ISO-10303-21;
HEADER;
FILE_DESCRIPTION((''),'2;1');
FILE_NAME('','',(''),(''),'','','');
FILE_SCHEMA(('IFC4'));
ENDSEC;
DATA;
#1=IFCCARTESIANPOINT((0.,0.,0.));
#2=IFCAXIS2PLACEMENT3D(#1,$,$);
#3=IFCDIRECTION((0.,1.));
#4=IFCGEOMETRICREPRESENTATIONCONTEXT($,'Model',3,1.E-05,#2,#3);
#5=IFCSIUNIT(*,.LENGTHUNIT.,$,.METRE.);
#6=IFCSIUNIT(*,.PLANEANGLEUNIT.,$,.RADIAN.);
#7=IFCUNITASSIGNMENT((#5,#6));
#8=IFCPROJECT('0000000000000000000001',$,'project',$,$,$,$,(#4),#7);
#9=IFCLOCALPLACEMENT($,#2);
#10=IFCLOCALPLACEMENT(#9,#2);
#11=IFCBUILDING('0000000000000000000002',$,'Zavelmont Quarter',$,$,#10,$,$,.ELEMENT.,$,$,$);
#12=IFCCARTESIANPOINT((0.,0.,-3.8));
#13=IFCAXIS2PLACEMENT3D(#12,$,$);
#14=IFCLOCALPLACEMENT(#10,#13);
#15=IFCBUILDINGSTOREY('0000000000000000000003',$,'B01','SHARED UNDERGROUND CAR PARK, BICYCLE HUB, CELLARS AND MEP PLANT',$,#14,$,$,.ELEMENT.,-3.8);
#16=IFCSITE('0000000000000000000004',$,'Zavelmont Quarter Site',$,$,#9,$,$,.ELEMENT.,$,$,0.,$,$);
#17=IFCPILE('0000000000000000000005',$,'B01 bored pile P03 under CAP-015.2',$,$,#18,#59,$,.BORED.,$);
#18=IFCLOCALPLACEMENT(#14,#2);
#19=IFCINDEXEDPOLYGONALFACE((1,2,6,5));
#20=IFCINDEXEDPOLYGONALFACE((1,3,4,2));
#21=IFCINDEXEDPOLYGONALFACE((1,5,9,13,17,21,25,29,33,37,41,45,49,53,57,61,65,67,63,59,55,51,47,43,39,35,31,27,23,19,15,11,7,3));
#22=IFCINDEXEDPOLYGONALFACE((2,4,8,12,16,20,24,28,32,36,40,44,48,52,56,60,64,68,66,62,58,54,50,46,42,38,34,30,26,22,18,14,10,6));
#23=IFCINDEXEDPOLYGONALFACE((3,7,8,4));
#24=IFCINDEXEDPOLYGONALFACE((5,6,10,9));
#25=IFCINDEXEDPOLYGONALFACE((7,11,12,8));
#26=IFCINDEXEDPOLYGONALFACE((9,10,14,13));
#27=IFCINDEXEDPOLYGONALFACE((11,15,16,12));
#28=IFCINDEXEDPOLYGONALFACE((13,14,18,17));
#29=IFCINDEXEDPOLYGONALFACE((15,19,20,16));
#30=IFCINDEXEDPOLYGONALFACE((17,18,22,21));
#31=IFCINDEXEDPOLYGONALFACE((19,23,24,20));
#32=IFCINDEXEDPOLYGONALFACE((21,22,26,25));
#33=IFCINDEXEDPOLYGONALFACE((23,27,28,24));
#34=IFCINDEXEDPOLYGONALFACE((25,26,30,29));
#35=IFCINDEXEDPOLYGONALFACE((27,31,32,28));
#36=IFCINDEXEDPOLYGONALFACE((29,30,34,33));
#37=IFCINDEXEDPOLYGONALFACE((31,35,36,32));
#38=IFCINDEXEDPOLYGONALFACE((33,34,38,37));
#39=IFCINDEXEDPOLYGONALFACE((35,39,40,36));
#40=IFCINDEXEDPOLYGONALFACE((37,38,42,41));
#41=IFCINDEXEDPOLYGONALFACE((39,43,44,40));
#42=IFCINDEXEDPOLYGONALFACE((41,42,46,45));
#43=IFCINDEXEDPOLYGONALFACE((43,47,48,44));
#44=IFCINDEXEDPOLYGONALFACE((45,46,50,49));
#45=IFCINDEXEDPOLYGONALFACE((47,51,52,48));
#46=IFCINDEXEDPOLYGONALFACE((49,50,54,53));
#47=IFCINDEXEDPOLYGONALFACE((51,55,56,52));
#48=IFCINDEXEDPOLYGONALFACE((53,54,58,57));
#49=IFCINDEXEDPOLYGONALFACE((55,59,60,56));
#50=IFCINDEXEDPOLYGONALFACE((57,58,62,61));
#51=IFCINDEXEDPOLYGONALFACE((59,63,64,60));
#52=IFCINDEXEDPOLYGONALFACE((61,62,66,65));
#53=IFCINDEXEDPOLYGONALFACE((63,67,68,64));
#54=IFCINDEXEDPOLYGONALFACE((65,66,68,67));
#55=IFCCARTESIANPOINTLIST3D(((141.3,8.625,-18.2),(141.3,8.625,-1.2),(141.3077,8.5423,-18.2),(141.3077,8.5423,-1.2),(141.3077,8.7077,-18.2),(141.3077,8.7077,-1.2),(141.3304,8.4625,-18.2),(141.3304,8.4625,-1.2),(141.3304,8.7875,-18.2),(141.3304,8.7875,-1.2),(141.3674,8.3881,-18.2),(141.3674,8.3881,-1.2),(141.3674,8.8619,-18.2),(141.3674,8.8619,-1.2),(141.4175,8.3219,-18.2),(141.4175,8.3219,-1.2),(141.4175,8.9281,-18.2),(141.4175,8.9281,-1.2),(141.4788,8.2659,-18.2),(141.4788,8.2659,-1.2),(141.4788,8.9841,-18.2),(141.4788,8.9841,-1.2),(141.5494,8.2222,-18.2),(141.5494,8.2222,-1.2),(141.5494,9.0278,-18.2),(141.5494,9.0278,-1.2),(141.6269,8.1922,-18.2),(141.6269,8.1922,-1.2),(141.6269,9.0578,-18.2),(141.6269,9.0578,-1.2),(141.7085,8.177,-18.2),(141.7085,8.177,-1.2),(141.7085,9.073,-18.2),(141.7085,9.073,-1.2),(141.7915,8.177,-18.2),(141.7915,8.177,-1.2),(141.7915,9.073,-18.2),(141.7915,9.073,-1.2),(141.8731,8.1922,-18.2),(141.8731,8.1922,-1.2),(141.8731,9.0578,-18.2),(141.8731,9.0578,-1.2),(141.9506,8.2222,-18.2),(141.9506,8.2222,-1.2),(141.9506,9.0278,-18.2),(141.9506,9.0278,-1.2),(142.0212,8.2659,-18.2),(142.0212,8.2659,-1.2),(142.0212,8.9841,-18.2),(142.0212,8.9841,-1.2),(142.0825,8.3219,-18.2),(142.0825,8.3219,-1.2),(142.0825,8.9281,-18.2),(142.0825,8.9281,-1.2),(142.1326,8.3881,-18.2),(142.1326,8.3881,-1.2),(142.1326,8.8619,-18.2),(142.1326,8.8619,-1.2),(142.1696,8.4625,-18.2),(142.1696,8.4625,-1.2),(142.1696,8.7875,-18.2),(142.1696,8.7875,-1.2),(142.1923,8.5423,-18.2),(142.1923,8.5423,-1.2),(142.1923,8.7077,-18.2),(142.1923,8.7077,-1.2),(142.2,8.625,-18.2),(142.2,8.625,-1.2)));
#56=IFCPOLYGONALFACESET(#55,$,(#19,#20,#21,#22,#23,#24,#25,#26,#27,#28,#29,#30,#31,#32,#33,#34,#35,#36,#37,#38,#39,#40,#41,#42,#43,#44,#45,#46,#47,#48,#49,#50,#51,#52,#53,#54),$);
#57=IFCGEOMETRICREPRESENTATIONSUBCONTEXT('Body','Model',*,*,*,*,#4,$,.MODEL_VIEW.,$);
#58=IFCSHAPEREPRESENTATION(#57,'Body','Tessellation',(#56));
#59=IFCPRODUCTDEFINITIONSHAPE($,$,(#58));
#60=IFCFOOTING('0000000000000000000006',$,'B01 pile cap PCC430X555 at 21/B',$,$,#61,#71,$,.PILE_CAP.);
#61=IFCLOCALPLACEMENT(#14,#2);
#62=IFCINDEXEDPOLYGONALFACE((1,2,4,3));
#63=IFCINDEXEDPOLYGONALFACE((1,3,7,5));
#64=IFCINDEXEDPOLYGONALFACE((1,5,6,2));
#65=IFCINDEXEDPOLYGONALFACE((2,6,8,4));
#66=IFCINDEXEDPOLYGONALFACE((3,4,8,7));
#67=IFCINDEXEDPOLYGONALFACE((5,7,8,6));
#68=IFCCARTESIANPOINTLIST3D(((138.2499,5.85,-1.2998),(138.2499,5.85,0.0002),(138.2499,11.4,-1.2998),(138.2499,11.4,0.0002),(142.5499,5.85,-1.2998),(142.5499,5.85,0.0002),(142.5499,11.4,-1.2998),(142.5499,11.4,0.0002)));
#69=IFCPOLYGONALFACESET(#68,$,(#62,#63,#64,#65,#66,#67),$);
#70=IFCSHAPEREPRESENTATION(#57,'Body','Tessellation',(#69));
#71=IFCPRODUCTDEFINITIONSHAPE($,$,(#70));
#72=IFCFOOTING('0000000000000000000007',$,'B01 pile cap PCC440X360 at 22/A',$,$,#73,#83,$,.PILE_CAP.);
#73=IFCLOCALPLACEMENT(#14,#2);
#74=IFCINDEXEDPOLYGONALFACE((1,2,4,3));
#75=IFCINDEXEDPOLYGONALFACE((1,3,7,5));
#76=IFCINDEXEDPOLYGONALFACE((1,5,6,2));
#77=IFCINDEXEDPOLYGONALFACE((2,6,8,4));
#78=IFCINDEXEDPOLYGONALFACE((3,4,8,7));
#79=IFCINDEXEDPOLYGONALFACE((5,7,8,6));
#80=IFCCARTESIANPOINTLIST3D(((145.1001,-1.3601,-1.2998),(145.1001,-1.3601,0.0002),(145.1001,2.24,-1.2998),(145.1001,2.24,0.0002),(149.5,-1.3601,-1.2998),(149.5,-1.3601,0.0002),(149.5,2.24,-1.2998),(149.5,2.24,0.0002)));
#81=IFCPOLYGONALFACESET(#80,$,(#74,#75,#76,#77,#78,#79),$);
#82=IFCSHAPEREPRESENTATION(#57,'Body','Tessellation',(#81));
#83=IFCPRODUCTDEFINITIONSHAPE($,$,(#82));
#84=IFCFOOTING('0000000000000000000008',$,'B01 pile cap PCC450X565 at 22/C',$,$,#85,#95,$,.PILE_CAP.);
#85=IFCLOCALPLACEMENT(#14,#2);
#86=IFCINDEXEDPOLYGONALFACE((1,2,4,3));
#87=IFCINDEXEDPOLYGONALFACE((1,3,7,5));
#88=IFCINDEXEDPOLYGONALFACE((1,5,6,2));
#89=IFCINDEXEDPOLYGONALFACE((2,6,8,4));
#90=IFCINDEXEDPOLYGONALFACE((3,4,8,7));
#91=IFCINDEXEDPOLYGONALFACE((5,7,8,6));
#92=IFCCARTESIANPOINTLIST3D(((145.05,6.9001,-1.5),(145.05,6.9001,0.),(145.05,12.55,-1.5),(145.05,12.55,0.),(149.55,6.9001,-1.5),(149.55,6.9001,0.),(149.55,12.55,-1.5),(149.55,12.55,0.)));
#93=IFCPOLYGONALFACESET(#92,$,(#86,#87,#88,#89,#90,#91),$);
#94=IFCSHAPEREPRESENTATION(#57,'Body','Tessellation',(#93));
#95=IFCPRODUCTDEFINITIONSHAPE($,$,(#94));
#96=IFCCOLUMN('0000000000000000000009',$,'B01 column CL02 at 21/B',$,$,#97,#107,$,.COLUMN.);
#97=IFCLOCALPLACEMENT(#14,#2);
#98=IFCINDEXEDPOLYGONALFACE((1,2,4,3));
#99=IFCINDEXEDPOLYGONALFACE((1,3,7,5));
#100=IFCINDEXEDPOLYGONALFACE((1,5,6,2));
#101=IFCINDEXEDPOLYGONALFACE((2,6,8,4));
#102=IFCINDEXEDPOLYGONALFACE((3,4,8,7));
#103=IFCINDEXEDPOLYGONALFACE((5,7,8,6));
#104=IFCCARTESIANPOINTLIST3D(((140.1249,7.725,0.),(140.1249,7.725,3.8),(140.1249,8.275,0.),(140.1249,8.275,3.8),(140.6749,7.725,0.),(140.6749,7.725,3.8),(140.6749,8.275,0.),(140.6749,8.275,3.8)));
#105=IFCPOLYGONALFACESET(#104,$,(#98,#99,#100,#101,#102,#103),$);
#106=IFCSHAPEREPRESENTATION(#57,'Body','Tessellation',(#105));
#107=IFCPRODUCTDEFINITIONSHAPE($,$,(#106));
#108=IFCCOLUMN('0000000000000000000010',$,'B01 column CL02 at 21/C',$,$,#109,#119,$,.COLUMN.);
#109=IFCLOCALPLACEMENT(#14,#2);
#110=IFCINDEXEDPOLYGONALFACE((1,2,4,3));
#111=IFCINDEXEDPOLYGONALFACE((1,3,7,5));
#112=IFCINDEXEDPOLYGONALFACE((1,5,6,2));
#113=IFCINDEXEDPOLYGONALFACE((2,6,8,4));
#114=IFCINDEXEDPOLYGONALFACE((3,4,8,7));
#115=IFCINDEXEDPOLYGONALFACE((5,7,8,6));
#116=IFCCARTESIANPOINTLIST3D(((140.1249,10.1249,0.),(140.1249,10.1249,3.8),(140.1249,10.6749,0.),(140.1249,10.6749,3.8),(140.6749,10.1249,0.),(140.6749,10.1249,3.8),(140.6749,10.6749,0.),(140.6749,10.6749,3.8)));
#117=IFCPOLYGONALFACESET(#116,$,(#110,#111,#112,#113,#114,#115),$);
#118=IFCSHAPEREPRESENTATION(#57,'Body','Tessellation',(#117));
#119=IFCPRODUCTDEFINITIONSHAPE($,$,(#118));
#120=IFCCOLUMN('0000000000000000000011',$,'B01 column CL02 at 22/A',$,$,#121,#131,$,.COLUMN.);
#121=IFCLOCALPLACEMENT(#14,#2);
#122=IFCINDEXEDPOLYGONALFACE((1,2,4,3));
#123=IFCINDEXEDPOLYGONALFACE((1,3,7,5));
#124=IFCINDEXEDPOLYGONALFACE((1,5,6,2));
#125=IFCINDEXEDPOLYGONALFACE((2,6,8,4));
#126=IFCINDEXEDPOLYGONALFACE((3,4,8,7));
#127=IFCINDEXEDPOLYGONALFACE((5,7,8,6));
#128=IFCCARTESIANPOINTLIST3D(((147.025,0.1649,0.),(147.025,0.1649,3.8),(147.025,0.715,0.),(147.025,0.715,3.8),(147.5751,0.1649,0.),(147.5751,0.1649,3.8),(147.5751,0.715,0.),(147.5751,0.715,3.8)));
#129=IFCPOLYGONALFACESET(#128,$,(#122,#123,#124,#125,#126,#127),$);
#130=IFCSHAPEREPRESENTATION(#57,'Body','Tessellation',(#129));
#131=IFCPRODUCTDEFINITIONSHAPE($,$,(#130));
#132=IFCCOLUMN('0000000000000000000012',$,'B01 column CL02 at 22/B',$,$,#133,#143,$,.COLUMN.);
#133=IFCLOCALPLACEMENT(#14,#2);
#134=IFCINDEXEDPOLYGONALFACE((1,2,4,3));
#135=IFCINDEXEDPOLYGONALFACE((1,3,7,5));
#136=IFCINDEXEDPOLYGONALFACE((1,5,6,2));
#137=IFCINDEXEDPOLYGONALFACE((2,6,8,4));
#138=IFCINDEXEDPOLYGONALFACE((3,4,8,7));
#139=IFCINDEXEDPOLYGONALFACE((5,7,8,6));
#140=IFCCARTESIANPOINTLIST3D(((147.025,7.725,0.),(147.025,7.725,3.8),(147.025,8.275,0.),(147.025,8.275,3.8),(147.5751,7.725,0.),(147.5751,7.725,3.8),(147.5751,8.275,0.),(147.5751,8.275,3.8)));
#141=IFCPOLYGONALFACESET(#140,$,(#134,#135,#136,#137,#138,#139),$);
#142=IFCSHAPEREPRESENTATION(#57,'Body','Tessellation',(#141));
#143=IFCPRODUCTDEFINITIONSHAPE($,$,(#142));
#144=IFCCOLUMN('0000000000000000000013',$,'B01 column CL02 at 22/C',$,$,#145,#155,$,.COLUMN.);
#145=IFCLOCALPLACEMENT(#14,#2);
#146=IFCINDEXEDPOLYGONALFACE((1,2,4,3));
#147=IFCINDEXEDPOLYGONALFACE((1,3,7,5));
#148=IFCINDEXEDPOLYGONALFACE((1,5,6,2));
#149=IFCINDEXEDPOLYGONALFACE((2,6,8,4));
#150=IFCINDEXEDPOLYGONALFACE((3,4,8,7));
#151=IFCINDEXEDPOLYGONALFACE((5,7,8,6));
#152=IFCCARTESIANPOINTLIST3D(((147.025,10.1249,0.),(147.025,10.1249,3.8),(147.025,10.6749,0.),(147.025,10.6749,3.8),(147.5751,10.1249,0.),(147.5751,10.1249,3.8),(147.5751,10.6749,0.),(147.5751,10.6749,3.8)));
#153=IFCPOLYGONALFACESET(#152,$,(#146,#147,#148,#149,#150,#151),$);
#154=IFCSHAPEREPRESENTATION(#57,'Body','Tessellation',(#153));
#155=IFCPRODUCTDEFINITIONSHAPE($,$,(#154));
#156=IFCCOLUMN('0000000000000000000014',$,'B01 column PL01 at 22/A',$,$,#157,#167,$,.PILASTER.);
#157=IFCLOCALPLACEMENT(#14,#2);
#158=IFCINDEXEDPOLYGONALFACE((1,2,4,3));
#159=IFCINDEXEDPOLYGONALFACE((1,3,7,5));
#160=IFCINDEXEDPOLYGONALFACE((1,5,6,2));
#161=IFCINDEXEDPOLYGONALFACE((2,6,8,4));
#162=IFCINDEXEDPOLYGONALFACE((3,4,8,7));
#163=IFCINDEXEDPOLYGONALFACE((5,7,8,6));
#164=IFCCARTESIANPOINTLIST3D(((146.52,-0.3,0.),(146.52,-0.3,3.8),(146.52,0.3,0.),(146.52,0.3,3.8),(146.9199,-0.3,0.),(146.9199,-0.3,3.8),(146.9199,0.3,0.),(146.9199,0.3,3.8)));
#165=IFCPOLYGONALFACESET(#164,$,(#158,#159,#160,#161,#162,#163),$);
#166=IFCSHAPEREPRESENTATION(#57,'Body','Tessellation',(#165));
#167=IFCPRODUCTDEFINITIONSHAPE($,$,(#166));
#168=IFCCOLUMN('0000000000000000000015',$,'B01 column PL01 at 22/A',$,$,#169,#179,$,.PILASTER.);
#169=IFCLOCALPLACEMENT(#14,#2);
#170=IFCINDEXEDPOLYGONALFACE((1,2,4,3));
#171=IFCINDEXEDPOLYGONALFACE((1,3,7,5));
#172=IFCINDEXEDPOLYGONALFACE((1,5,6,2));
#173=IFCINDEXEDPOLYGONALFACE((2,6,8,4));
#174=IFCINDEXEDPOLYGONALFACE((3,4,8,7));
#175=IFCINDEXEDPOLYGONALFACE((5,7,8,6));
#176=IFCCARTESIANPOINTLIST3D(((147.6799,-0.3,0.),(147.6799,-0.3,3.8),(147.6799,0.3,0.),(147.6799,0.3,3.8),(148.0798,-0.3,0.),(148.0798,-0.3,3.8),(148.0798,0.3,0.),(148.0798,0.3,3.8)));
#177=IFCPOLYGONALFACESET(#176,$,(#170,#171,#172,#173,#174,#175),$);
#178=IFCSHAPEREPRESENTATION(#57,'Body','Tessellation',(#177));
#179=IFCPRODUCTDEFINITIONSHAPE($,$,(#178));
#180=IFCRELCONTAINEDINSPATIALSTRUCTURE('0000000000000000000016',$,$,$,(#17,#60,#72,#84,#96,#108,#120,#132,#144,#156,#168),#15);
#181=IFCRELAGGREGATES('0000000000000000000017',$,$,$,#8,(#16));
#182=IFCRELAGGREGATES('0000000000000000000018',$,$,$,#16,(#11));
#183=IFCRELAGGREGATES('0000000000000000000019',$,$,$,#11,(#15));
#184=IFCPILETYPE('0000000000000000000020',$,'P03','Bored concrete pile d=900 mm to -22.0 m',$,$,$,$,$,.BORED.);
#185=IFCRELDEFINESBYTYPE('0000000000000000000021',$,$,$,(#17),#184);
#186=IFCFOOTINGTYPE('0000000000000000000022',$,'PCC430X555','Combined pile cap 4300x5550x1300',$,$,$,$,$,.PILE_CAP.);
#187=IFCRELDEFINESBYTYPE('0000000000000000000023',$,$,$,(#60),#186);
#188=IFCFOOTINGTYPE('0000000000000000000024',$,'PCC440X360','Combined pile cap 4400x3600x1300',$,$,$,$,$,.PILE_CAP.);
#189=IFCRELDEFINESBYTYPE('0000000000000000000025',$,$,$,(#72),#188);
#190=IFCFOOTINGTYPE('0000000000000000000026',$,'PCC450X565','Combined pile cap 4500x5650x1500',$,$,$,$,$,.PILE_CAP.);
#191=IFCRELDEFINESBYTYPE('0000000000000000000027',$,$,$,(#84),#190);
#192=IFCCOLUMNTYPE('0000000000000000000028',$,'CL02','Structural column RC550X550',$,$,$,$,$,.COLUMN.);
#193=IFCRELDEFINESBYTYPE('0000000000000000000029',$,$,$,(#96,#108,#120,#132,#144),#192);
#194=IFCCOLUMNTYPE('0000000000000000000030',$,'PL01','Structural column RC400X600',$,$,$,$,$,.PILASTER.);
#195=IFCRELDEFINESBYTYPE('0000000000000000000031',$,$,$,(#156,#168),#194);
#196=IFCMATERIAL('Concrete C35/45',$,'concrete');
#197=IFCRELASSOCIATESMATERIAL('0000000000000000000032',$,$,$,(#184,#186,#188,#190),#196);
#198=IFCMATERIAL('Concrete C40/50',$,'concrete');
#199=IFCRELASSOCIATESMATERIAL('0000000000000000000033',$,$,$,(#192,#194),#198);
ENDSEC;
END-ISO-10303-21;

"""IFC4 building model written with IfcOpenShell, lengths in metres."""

from ifc_helpers import new_model, si_unit, direction, frame, origin, origin_2d, place, context, subcontext, project, spatial, rectangle, circle, extrude, material, material_profile, profile_set, type_object, element, save


model = new_model("IFC4")

# Units and contexts
model_context = context("Model", 3, precision=1e-05, world=origin(), true_north=direction((0.0, 1.0)))
body_context = subcontext(model_context, "Body", "Model", "MODEL_VIEW")
ifc_project = project(units=[si_unit("LENGTHUNIT", "METRE"), si_unit("PLANEANGLEUNIT", "RADIAN")], contexts=[model_context])

# Site, building, storey
site_placement = place(None, origin())
site = spatial("IfcSite", under=ifc_project, at=site_placement, Name="Zavelmont Quarter Site", CompositionType="ELEMENT", RefElevation=0.0)
building_placement = place(site_placement, origin())
building = spatial("IfcBuilding", under=site, at=building_placement, Name="Zavelmont Quarter", CompositionType="ELEMENT")
storey_placement = place(building_placement, frame((0.0, 0.0, -3.8)))
storey = spatial("IfcBuildingStorey", under=building, at=storey_placement, Name="B01", Description="SHARED UNDERGROUND CAR PARK, BICYCLE HUB, CELLARS AND MEP PLANT", CompositionType="ELEMENT", Elevation=-3.8)

# Shared definitions
ifc_material_1 = material(Name="Concrete C35/45", Category="concrete")

# Pile
ifc_material_profile_1 = material_profile(ifc_material_1, circle(Radius=0.45, at=origin_2d()), Name="BP900")
ifc_profile_set_1 = profile_set([ifc_material_profile_1], Name="Concrete C35/45")
pile_type_1 = type_object("IfcPileType", Name="P03", Description="Bored concrete pile d=900 mm to -22.0 m", PredefinedType="BORED", material=ifc_profile_set_1)
for number, where, z_axis, x_axis, name in (
    (1, (141.75, 8.625, -1.2), (0.0, 0.0, -1.0), (1.0, 0.0, 0.0), "B01 bored pile P03 under CAP-015.2"),
):
    element("IfcPile", number, at=place(storey_placement, frame(where, z_axis=z_axis, x_axis=x_axis)), inside=storey, type_object=pile_type_1, Name=name, PredefinedType="BORED", context=body_context, shape_type="SweptSolid", body=[
        extrude(circle(Radius=0.45, at=origin_2d()), origin(), (0.0, 0.0, 1.0), 17.0),
    ])

# Footings
footing_type_1 = type_object("IfcFootingType", Name="PCC430X555", Description="Combined pile cap 4300x5550x1300", PredefinedType="PILE_CAP", material=ifc_material_1)
footing_1_placement = place(storey_placement, frame((140.3999, 8.625, -1.2998), z_axis=(0.0, 0.0, 1.0), x_axis=(1.0, 0.0, 0.0)))
element("IfcFooting", 2, at=footing_1_placement, inside=storey, type_object=footing_type_1, Name="B01 pile cap PCC430X555 at 21/B", PredefinedType="PILE_CAP", context=body_context, shape_type="SweptSolid", body=[
    extrude(rectangle(XDim=4.3, YDim=5.55, at=origin_2d()), origin(), (0.0, 0.0, 1.0), 1.3),
])
footing_type_2 = type_object("IfcFootingType", Name="PCC440X360", Description="Combined pile cap 4400x3600x1300", PredefinedType="PILE_CAP", material=ifc_material_1)
footing_2_placement = place(storey_placement, frame((147.3, 0.4399, -1.2998), z_axis=(0.0, 0.0, 1.0), x_axis=(1.0, 0.0, 0.0)))
element("IfcFooting", 3, at=footing_2_placement, inside=storey, type_object=footing_type_2, Name="B01 pile cap PCC440X360 at 22/A", PredefinedType="PILE_CAP", context=body_context, shape_type="SweptSolid", body=[
    extrude(rectangle(XDim=4.3999, YDim=3.6001, at=origin_2d()), origin(), (0.0, 0.0, 1.0), 1.3),
])
footing_type_3 = type_object("IfcFootingType", Name="PCC450X565", Description="Combined pile cap 4500x5650x1500", PredefinedType="PILE_CAP", material=ifc_material_1)
footing_3_placement = place(storey_placement, frame((147.3, 9.7251, -1.5), z_axis=(0.0, 0.0, 1.0), x_axis=(1.0, 0.0, 0.0)))
element("IfcFooting", 4, at=footing_3_placement, inside=storey, type_object=footing_type_3, Name="B01 pile cap PCC450X565 at 22/C", PredefinedType="PILE_CAP", context=body_context, shape_type="SweptSolid", body=[
    extrude(rectangle(XDim=4.5, YDim=5.6499, at=origin_2d()), origin(), (0.0, 0.0, 1.0), 1.5),
])

# Columns
ifc_material_2 = material(Name="Concrete C40/50", Category="concrete")
ifc_material_profile_2 = material_profile(ifc_material_2, rectangle(XDim=0.55, YDim=0.55, at=origin_2d()), Name="RC550X550")
ifc_profile_set_2 = profile_set([ifc_material_profile_2], Name="Concrete C40/50")
column_type_1 = type_object("IfcColumnType", Name="CL02", Description="Structural column RC550X550", PredefinedType="COLUMN", material=ifc_profile_set_2)
for number, where, z_axis, x_axis, name in (
    (5, (140.3999, 8.0, 0.0), (0.0, 0.0, 1.0), (1.0, 0.0, 0.0), "B01 column CL02 at 21/B"),
    (6, (140.3999, 10.3999, 0.0), (0.0, 0.0, 1.0), (1.0, 0.0, 0.0), "B01 column CL02 at 21/C"),
    (7, (147.3, 0.4399, 0.0), (0.0, 0.0, 1.0), (1.0, 0.0, 0.0), "B01 column CL02 at 22/A"),
    (8, (147.3, 8.0, 0.0), (0.0, 0.0, 1.0), (1.0, 0.0, 0.0), "B01 column CL02 at 22/B"),
    (9, (147.3, 10.3999, 0.0), (0.0, 0.0, 1.0), (1.0, 0.0, 0.0), "B01 column CL02 at 22/C"),
):
    element("IfcColumn", number, at=place(storey_placement, frame(where, z_axis=z_axis, x_axis=x_axis)), inside=storey, type_object=column_type_1, Name=name, PredefinedType="COLUMN", context=body_context, shape_type="SweptSolid", body=[
        extrude(rectangle(XDim=0.55, YDim=0.55, at=origin_2d()), origin(), (0.0, 0.0, 1.0), 3.8),
    ])
ifc_material_profile_3 = material_profile(ifc_material_2, rectangle(XDim=0.3999, YDim=0.6001, at=origin_2d()), Name="RC400X600")
ifc_profile_set_3 = profile_set([ifc_material_profile_3], Name="Concrete C40/50")
column_type_2 = type_object("IfcColumnType", Name="PL01", Description="Structural column RC400X600", PredefinedType="PILASTER", material=ifc_profile_set_3)
for number, where, z_axis, x_axis, name in (
    (10, (146.72, 0.0, 0.0), (0.0, 0.0, 1.0), (1.0, 0.0, 0.0), "B01 column PL01 at 22/A"),
    (11, (147.8799, 0.0, 0.0), (0.0, 0.0, 1.0), (1.0, 0.0, 0.0), "B01 column PL01 at 22/A"),
):
    element("IfcColumn", number, at=place(storey_placement, frame(where, z_axis=z_axis, x_axis=x_axis)), inside=storey, type_object=column_type_2, Name=name, PredefinedType="PILASTER", context=body_context, shape_type="SweptSolid", body=[
        extrude(rectangle(XDim=0.3999, YDim=0.6001, at=origin_2d()), origin(), (0.0, 0.0, 1.0), 3.8),
    ])

save(model, "model.ifc")
